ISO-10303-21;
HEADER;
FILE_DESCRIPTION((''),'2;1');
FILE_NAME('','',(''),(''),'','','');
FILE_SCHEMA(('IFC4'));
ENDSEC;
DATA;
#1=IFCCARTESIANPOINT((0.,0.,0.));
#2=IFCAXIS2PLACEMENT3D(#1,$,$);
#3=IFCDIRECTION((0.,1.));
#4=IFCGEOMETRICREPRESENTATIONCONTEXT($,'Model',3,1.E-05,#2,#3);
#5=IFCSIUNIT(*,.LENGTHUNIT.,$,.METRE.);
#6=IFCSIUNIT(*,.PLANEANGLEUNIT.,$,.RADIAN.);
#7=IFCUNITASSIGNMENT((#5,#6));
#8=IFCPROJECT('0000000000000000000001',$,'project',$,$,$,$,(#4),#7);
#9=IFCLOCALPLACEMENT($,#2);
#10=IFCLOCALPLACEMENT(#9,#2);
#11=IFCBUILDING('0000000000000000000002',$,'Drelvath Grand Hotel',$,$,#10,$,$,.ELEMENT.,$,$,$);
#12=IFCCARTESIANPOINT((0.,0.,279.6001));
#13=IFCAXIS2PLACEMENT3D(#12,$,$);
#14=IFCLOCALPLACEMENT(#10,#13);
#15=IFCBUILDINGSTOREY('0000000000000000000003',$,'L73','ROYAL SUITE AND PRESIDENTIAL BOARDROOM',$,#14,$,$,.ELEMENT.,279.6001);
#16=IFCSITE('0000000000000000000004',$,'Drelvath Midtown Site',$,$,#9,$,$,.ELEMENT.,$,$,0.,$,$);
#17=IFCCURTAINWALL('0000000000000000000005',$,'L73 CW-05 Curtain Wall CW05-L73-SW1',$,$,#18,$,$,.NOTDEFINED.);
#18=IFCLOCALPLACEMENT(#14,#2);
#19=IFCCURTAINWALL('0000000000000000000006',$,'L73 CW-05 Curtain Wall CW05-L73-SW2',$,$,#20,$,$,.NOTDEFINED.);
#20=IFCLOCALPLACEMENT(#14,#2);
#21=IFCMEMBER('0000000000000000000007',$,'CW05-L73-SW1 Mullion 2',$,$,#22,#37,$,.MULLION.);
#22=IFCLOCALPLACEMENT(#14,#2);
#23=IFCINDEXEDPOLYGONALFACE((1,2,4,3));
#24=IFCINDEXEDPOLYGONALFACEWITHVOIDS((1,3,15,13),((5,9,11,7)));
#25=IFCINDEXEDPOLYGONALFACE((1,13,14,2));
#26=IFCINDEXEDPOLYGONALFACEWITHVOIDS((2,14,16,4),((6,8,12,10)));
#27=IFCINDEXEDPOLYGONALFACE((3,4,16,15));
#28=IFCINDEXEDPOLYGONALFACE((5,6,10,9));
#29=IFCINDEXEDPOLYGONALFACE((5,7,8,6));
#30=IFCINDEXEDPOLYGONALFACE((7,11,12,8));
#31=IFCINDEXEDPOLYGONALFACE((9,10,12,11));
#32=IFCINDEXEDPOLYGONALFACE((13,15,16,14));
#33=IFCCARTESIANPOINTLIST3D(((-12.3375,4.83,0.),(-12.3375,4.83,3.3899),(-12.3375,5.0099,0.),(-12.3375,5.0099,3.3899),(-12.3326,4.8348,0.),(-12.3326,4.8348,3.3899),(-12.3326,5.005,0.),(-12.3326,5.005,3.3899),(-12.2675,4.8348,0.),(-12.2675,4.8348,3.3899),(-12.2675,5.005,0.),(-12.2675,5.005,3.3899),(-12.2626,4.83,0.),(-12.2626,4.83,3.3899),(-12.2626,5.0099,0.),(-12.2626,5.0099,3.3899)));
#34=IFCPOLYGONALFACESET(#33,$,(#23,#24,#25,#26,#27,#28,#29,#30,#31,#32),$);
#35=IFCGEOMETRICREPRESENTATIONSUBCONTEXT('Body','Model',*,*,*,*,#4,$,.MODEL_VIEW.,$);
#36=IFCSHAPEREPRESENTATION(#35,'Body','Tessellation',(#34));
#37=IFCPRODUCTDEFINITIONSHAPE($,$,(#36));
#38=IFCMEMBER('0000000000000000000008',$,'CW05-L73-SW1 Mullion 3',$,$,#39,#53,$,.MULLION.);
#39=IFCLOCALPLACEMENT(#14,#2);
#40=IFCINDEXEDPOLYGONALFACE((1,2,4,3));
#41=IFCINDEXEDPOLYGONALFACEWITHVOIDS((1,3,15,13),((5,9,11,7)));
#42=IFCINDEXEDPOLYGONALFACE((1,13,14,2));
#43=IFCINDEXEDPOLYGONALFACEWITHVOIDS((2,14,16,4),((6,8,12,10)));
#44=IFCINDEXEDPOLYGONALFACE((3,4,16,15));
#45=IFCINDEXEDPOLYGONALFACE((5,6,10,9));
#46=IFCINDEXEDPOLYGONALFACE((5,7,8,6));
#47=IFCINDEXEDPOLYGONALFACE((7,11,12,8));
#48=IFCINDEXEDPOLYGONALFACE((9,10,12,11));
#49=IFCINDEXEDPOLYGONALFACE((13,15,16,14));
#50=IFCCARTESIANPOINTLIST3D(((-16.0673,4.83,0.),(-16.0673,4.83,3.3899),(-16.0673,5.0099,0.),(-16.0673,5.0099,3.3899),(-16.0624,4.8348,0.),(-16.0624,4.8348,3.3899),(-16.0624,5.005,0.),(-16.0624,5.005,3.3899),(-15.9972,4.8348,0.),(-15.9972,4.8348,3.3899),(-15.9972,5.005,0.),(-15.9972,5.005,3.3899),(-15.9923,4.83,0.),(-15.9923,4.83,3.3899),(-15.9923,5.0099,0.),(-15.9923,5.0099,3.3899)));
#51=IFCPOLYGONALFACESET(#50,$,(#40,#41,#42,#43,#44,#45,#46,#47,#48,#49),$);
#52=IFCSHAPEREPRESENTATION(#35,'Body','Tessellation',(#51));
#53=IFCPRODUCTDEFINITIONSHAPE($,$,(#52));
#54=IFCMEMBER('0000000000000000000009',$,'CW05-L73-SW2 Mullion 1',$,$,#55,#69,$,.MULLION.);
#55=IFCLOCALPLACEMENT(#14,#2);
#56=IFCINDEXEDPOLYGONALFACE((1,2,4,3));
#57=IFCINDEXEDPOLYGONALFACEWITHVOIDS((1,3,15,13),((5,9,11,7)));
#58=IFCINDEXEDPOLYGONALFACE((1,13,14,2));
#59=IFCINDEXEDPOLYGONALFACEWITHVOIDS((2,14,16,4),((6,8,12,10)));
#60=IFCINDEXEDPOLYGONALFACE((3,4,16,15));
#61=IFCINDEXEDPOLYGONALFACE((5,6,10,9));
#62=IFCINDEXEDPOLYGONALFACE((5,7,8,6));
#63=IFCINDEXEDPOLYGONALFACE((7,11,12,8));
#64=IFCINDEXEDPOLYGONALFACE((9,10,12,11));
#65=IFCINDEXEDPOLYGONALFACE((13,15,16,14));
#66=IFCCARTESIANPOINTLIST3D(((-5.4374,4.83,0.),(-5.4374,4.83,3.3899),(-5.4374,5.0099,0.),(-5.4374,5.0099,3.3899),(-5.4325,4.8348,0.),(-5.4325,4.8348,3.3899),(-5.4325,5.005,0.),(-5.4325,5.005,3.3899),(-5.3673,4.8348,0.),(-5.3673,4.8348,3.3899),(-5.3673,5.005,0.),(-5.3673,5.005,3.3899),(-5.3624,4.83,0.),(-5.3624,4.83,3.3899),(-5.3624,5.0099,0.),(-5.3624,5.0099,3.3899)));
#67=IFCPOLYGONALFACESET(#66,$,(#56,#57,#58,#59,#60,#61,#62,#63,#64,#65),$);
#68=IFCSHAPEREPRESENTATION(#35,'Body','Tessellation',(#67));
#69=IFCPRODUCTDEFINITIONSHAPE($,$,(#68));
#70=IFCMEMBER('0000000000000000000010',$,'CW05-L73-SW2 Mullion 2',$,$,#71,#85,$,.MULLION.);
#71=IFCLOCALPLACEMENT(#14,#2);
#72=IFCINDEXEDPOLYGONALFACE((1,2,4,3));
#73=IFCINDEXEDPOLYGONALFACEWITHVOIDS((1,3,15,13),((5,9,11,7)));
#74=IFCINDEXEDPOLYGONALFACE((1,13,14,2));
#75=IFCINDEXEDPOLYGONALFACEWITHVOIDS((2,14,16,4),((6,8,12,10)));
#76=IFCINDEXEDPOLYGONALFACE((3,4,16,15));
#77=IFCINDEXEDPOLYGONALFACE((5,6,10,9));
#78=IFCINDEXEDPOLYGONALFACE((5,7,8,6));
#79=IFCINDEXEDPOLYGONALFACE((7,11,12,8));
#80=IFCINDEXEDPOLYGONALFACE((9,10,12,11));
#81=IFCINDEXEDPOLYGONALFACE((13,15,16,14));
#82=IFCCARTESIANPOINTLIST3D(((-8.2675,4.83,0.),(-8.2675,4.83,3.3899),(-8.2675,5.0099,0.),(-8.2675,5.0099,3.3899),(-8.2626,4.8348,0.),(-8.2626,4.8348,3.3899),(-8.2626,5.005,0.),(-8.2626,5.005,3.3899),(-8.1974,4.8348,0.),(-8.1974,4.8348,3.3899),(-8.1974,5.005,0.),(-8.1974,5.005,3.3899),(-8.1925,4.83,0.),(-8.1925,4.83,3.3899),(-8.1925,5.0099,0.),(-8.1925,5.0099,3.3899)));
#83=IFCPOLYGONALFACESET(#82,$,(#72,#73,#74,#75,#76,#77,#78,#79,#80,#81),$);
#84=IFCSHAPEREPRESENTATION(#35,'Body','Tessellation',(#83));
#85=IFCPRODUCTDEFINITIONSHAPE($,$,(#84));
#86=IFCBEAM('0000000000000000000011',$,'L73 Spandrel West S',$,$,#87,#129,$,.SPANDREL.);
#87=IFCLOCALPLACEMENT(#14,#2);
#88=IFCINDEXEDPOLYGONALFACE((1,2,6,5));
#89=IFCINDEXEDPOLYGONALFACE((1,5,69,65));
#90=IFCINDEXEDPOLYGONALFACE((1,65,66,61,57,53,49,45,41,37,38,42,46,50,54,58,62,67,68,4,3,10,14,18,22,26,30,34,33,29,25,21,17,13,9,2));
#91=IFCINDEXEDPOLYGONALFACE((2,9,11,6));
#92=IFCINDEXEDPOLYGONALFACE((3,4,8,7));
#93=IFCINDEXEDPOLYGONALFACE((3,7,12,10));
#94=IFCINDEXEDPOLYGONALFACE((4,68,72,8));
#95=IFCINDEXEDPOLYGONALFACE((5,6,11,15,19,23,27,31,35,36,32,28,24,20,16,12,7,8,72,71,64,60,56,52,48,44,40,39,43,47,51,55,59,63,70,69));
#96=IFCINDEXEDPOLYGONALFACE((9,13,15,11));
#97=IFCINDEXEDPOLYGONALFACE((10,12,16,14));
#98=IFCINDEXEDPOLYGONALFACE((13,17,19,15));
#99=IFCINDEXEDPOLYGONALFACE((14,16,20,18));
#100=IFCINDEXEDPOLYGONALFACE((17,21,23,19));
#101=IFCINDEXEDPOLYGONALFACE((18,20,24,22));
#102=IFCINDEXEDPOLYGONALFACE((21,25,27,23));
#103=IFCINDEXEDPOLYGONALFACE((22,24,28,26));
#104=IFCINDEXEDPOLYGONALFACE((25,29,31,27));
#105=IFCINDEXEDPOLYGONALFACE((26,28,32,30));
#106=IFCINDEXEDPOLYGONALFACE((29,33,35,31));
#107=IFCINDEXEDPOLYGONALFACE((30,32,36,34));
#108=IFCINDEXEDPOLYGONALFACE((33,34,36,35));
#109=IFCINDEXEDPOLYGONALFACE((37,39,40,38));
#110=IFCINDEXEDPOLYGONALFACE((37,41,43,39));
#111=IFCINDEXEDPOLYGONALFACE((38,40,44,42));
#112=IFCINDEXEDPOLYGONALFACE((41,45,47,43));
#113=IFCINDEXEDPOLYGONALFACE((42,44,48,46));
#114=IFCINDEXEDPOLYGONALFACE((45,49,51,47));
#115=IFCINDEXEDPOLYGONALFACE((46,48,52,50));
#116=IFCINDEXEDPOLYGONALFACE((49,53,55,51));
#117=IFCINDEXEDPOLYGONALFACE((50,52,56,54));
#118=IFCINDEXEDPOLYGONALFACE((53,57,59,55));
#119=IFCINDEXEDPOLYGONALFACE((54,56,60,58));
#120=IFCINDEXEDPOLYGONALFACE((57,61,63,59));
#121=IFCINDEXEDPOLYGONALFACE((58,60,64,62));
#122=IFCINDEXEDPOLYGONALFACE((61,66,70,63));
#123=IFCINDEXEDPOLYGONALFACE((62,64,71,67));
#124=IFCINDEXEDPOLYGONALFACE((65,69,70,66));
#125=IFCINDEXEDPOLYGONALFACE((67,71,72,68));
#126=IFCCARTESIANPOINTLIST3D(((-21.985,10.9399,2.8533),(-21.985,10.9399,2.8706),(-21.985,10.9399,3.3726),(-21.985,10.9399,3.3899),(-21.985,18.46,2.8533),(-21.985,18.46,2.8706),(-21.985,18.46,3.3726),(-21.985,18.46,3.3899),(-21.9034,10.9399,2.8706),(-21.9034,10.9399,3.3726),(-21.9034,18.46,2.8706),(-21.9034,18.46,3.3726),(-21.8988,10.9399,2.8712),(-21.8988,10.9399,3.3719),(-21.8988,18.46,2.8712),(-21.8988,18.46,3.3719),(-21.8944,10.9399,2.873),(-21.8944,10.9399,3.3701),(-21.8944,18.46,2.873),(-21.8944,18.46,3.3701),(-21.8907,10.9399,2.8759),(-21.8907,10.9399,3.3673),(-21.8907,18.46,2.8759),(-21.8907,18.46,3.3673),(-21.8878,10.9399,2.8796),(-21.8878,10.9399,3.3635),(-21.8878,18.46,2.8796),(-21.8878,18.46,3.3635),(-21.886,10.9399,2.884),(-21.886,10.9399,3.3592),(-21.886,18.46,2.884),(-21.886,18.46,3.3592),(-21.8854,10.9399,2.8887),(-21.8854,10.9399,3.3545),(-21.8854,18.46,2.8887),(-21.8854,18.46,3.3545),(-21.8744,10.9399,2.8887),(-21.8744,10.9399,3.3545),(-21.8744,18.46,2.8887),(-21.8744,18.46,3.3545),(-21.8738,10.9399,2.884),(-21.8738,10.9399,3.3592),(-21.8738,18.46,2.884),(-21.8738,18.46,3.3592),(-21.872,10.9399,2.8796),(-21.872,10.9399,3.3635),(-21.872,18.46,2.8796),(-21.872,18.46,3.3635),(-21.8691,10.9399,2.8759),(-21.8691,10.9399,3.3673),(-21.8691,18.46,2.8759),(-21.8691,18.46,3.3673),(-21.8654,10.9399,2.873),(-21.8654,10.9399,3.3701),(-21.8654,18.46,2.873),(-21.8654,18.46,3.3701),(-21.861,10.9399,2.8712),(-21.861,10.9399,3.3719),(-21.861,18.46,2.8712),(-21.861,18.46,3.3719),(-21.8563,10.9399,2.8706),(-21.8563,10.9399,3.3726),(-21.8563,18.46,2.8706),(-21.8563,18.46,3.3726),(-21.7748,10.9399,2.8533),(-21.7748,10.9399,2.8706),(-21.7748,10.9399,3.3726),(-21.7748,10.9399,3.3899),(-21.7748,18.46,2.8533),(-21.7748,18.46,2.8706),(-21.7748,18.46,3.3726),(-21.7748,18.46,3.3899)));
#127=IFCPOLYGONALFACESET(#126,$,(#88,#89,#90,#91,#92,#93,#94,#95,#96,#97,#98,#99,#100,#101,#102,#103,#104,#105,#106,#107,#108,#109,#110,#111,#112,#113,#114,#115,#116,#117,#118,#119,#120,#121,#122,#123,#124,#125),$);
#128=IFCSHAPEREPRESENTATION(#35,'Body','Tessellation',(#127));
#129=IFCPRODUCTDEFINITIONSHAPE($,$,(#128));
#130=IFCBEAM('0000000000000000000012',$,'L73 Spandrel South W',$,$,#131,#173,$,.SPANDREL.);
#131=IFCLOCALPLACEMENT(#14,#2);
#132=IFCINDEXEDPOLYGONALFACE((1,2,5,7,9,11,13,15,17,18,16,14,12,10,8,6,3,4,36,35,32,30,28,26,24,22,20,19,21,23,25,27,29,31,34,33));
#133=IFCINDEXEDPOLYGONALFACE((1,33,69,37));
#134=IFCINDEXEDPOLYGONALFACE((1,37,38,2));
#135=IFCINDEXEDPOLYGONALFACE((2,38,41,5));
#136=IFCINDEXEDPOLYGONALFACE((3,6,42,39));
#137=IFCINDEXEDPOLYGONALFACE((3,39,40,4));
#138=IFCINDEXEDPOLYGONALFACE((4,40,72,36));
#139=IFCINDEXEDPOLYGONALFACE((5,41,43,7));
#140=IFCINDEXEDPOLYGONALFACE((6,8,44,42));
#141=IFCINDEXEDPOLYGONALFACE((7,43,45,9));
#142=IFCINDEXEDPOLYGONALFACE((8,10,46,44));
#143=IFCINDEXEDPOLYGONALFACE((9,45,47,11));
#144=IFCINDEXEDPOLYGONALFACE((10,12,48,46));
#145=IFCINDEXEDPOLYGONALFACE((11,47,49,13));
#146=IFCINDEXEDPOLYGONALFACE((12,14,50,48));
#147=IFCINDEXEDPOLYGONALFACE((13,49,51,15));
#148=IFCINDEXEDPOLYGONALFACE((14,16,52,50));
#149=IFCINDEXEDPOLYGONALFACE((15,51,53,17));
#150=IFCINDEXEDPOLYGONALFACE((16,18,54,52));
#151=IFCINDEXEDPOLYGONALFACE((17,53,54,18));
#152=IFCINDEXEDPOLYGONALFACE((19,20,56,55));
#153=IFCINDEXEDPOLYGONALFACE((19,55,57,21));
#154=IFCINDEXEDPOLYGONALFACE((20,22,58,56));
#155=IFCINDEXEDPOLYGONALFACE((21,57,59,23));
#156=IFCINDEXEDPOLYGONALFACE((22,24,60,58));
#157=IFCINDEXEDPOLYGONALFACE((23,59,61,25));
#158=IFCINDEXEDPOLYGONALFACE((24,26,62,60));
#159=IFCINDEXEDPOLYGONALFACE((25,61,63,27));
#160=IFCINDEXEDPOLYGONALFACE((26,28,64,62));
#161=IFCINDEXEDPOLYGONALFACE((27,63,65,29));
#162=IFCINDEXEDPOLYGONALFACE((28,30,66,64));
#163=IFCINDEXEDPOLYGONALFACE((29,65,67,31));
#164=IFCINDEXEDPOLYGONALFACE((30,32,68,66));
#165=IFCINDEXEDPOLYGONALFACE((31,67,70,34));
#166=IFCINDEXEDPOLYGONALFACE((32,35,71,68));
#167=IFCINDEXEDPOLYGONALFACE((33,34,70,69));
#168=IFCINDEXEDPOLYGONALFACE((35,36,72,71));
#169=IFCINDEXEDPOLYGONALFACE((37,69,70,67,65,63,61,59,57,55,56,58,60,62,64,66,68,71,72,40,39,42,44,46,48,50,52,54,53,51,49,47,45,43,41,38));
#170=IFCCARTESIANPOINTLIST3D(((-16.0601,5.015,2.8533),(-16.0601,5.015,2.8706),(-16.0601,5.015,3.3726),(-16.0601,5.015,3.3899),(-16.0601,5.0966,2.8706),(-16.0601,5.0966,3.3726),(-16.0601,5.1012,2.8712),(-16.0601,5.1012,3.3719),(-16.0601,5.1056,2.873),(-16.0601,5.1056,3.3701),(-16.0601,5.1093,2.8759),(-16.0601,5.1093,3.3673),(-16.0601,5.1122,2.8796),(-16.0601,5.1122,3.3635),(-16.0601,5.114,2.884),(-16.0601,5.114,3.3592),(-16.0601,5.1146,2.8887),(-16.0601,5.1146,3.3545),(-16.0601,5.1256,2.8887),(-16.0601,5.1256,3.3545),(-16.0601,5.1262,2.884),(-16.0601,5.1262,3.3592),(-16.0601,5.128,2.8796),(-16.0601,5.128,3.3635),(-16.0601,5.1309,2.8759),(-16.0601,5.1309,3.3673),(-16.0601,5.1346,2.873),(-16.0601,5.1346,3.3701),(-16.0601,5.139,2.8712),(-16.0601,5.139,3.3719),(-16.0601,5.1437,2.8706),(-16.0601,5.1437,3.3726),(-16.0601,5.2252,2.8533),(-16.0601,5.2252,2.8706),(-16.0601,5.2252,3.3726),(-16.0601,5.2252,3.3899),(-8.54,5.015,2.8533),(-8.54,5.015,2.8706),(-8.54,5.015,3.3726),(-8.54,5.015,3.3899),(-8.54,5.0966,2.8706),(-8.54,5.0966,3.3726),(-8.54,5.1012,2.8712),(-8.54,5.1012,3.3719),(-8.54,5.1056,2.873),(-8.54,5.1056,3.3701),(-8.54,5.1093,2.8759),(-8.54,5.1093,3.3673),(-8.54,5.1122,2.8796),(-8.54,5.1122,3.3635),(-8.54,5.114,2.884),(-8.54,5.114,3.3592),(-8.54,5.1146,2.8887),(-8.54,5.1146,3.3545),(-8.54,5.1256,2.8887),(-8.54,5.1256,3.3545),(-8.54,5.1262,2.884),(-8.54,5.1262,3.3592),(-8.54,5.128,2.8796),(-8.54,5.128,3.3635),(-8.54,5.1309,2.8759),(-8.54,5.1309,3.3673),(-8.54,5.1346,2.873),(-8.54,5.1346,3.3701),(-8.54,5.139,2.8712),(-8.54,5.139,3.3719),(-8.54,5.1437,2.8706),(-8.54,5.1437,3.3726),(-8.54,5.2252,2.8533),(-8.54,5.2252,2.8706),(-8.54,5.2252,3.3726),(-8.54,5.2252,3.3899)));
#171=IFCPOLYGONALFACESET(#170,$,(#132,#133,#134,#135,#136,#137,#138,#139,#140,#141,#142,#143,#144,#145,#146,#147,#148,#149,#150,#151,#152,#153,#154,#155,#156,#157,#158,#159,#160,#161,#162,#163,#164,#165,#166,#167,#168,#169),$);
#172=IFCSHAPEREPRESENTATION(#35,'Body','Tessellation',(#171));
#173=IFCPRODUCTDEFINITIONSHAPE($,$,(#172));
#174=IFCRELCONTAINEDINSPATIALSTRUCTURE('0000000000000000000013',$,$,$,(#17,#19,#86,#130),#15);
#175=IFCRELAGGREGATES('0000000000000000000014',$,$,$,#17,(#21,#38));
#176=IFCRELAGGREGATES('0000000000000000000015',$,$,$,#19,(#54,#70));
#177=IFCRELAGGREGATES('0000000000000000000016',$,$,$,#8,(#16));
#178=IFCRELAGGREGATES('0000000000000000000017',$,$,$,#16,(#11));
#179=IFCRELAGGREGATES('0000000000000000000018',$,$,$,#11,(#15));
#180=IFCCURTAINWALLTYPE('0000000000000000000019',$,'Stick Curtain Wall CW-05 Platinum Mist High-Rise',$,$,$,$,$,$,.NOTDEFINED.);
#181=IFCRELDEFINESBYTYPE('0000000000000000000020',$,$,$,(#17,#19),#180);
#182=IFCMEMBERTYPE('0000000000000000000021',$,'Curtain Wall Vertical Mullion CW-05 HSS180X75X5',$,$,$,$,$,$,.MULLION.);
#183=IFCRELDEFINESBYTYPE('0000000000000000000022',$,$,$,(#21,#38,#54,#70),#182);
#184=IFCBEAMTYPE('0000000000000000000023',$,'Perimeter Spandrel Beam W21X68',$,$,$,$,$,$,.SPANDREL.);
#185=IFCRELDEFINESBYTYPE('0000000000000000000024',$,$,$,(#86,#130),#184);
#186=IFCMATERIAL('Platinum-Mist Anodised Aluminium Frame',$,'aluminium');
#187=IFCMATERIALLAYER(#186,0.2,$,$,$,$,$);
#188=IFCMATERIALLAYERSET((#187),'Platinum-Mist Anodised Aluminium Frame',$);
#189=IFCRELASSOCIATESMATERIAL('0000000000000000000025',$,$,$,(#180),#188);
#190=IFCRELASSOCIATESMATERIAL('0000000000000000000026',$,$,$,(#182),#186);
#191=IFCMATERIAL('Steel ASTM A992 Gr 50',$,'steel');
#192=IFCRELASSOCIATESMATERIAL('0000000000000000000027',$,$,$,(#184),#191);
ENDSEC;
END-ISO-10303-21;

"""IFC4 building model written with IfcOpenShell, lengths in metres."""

from ifc_helpers import new_model, si_unit, direction, frame, origin, origin_2d, place, context, subcontext, project, spatial, hollow_rectangle, i_section, extrude, material, layer, layer_set, material_profile, profile_set, type_object, element, aggregate, save


model = new_model("IFC4")

# Units and contexts
model_context = context("Model", 3, precision=1e-05, world=origin(), true_north=direction((0.0, 1.0)))
body_context = subcontext(model_context, "Body", "Model", "MODEL_VIEW")
ifc_project = project(units=[si_unit("LENGTHUNIT", "METRE"), si_unit("PLANEANGLEUNIT", "RADIAN")], contexts=[model_context])

# Site, building, storey
site_placement = place(None, origin())
site = spatial("IfcSite", under=ifc_project, at=site_placement, Name="Drelvath Midtown Site", CompositionType="ELEMENT", RefElevation=0.0)
building_placement = place(site_placement, origin())
building = spatial("IfcBuilding", under=site, at=building_placement, Name="Drelvath Grand Hotel", CompositionType="ELEMENT")
storey_placement = place(building_placement, frame((0.0, 0.0, 279.6001)))
storey = spatial("IfcBuildingStorey", under=building, at=storey_placement, Name="L73", Description="ROYAL SUITE AND PRESIDENTIAL BOARDROOM", CompositionType="ELEMENT", Elevation=279.6001)

# Shared definitions
ifc_material_1 = material(Name="Steel ASTM A992 Gr 50", Category="steel")

# Curtain walls
ifc_material_2 = material(Name="Platinum-Mist Anodised Aluminium Frame", Category="aluminium")
ifc_layer_1 = layer(ifc_material_2, 0.2)
ifc_layer_set_1 = layer_set([ifc_layer_1], Name="Platinum-Mist Anodised Aluminium Frame")
curtain_wall_type = type_object("IfcCurtainWallType", Name="Stick Curtain Wall CW-05 Platinum Mist High-Rise", PredefinedType="NOTDEFINED", material=ifc_layer_set_1)
curtain_wall_1_placement = place(storey_placement, origin())
curtain_wall_1 = element("IfcCurtainWall", 1, at=curtain_wall_1_placement, inside=storey, type_object=curtain_wall_type, Name="L73 CW-05 Curtain Wall CW05-L73-SW1", PredefinedType="NOTDEFINED")
curtain_wall_2_placement = place(storey_placement, origin())
curtain_wall_2 = element("IfcCurtainWall", 2, at=curtain_wall_2_placement, inside=storey, type_object=curtain_wall_type, Name="L73 CW-05 Curtain Wall CW05-L73-SW2", PredefinedType="NOTDEFINED")
ifc_material_profile_1 = material_profile(ifc_material_2, hollow_rectangle(XDim=0.075, YDim=0.1799, WallThickness=0.0049, at=origin_2d()), Name="HSS180X75X5")
ifc_profile_set_1 = profile_set([ifc_material_profile_1], Name="Platinum-Mist Anodised Aluminium Frame")
member_type_1 = type_object("IfcMemberType", Name="Curtain Wall Vertical Mullion CW-05 HSS180X75X5", PredefinedType="MULLION", material=ifc_profile_set_1)

# Members
member_1_placement = place(storey_placement, frame((-12.3, 4.9199, 0.0), z_axis=(0.0, 0.0, 1.0), x_axis=(1.0, 0.0, 0.0)))
member_1 = element("IfcMember", 3, at=member_1_placement, type_object=member_type_1, Name="CW05-L73-SW1 Mullion 2", PredefinedType="MULLION", context=body_context, shape_type="SweptSolid", body=[
    extrude(hollow_rectangle(XDim=0.075, YDim=0.1799, WallThickness=0.0049, at=origin_2d()), origin(), (0.0, 0.0, 1.0), 3.3899),
])
member_2_placement = place(storey_placement, frame((-16.0298, 4.9199, 0.0), z_axis=(0.0, 0.0, 1.0), x_axis=(1.0, 0.0, 0.0)))
member_2 = element("IfcMember", 4, at=member_2_placement, type_object=member_type_1, Name="CW05-L73-SW1 Mullion 3", PredefinedType="MULLION", context=body_context, shape_type="SweptSolid", body=[
    extrude(hollow_rectangle(XDim=0.075, YDim=0.1799, WallThickness=0.0049, at=origin_2d()), origin(), (0.0, 0.0, 1.0), 3.3899),
])
member_3_placement = place(storey_placement, frame((-5.3999, 4.9199, 0.0), z_axis=(0.0, 0.0, 1.0), x_axis=(1.0, 0.0, 0.0)))
member_3 = element("IfcMember", 5, at=member_3_placement, type_object=member_type_1, Name="CW05-L73-SW2 Mullion 1", PredefinedType="MULLION", context=body_context, shape_type="SweptSolid", body=[
    extrude(hollow_rectangle(XDim=0.075, YDim=0.1799, WallThickness=0.0049, at=origin_2d()), origin(), (0.0, 0.0, 1.0), 3.3899),
])
member_4_placement = place(storey_placement, frame((-8.23, 4.9199, 0.0), z_axis=(0.0, 0.0, 1.0), x_axis=(1.0, 0.0, 0.0)))
member_4 = element("IfcMember", 6, at=member_4_placement, type_object=member_type_1, Name="CW05-L73-SW2 Mullion 2", PredefinedType="MULLION", context=body_context, shape_type="SweptSolid", body=[
    extrude(hollow_rectangle(XDim=0.075, YDim=0.1799, WallThickness=0.0049, at=origin_2d()), origin(), (0.0, 0.0, 1.0), 3.3899),
])

# Beams
ifc_material_profile_2 = material_profile(ifc_material_1, i_section(OverallWidth=0.2102, OverallDepth=0.5366, WebThickness=0.011, FlangeThickness=0.0173, FilletRadius=0.0181, at=origin_2d()), Name="W21X68")
ifc_profile_set_2 = profile_set([ifc_material_profile_2], Name="Steel ASTM A992 Gr 50")
beam_type_1 = type_object("IfcBeamType", Name="Perimeter Spandrel Beam W21X68", PredefinedType="SPANDREL", material=ifc_profile_set_2)
for number, where, z_axis, x_axis, name in (
    (7, (-21.8799, 10.9399, 3.1216), (0.0, 1.0, 0.0), (-1.0, 0.0, 0.0), "L73 Spandrel West S"),
    (8, (-16.0601, 5.1201, 3.1216), (1.0, 0.0, 0.0), (0.0, 1.0, 0.0), "L73 Spandrel South W"),
):
    element("IfcBeam", number, at=place(storey_placement, frame(where, z_axis=z_axis, x_axis=x_axis)), inside=storey, type_object=beam_type_1, Name=name, PredefinedType="SPANDREL", context=body_context, shape_type="SweptSolid", body=[
        extrude(i_section(OverallWidth=0.2102, OverallDepth=0.5366, WebThickness=0.011, FlangeThickness=0.0173, FilletRadius=0.0181, at=origin_2d()), origin(), (0.0, 0.0, 1.0), 7.52),
    ])

aggregate(curtain_wall_1, [member_1, member_2])
aggregate(curtain_wall_2, [member_3, member_4])

save(model, "model.ifc")
